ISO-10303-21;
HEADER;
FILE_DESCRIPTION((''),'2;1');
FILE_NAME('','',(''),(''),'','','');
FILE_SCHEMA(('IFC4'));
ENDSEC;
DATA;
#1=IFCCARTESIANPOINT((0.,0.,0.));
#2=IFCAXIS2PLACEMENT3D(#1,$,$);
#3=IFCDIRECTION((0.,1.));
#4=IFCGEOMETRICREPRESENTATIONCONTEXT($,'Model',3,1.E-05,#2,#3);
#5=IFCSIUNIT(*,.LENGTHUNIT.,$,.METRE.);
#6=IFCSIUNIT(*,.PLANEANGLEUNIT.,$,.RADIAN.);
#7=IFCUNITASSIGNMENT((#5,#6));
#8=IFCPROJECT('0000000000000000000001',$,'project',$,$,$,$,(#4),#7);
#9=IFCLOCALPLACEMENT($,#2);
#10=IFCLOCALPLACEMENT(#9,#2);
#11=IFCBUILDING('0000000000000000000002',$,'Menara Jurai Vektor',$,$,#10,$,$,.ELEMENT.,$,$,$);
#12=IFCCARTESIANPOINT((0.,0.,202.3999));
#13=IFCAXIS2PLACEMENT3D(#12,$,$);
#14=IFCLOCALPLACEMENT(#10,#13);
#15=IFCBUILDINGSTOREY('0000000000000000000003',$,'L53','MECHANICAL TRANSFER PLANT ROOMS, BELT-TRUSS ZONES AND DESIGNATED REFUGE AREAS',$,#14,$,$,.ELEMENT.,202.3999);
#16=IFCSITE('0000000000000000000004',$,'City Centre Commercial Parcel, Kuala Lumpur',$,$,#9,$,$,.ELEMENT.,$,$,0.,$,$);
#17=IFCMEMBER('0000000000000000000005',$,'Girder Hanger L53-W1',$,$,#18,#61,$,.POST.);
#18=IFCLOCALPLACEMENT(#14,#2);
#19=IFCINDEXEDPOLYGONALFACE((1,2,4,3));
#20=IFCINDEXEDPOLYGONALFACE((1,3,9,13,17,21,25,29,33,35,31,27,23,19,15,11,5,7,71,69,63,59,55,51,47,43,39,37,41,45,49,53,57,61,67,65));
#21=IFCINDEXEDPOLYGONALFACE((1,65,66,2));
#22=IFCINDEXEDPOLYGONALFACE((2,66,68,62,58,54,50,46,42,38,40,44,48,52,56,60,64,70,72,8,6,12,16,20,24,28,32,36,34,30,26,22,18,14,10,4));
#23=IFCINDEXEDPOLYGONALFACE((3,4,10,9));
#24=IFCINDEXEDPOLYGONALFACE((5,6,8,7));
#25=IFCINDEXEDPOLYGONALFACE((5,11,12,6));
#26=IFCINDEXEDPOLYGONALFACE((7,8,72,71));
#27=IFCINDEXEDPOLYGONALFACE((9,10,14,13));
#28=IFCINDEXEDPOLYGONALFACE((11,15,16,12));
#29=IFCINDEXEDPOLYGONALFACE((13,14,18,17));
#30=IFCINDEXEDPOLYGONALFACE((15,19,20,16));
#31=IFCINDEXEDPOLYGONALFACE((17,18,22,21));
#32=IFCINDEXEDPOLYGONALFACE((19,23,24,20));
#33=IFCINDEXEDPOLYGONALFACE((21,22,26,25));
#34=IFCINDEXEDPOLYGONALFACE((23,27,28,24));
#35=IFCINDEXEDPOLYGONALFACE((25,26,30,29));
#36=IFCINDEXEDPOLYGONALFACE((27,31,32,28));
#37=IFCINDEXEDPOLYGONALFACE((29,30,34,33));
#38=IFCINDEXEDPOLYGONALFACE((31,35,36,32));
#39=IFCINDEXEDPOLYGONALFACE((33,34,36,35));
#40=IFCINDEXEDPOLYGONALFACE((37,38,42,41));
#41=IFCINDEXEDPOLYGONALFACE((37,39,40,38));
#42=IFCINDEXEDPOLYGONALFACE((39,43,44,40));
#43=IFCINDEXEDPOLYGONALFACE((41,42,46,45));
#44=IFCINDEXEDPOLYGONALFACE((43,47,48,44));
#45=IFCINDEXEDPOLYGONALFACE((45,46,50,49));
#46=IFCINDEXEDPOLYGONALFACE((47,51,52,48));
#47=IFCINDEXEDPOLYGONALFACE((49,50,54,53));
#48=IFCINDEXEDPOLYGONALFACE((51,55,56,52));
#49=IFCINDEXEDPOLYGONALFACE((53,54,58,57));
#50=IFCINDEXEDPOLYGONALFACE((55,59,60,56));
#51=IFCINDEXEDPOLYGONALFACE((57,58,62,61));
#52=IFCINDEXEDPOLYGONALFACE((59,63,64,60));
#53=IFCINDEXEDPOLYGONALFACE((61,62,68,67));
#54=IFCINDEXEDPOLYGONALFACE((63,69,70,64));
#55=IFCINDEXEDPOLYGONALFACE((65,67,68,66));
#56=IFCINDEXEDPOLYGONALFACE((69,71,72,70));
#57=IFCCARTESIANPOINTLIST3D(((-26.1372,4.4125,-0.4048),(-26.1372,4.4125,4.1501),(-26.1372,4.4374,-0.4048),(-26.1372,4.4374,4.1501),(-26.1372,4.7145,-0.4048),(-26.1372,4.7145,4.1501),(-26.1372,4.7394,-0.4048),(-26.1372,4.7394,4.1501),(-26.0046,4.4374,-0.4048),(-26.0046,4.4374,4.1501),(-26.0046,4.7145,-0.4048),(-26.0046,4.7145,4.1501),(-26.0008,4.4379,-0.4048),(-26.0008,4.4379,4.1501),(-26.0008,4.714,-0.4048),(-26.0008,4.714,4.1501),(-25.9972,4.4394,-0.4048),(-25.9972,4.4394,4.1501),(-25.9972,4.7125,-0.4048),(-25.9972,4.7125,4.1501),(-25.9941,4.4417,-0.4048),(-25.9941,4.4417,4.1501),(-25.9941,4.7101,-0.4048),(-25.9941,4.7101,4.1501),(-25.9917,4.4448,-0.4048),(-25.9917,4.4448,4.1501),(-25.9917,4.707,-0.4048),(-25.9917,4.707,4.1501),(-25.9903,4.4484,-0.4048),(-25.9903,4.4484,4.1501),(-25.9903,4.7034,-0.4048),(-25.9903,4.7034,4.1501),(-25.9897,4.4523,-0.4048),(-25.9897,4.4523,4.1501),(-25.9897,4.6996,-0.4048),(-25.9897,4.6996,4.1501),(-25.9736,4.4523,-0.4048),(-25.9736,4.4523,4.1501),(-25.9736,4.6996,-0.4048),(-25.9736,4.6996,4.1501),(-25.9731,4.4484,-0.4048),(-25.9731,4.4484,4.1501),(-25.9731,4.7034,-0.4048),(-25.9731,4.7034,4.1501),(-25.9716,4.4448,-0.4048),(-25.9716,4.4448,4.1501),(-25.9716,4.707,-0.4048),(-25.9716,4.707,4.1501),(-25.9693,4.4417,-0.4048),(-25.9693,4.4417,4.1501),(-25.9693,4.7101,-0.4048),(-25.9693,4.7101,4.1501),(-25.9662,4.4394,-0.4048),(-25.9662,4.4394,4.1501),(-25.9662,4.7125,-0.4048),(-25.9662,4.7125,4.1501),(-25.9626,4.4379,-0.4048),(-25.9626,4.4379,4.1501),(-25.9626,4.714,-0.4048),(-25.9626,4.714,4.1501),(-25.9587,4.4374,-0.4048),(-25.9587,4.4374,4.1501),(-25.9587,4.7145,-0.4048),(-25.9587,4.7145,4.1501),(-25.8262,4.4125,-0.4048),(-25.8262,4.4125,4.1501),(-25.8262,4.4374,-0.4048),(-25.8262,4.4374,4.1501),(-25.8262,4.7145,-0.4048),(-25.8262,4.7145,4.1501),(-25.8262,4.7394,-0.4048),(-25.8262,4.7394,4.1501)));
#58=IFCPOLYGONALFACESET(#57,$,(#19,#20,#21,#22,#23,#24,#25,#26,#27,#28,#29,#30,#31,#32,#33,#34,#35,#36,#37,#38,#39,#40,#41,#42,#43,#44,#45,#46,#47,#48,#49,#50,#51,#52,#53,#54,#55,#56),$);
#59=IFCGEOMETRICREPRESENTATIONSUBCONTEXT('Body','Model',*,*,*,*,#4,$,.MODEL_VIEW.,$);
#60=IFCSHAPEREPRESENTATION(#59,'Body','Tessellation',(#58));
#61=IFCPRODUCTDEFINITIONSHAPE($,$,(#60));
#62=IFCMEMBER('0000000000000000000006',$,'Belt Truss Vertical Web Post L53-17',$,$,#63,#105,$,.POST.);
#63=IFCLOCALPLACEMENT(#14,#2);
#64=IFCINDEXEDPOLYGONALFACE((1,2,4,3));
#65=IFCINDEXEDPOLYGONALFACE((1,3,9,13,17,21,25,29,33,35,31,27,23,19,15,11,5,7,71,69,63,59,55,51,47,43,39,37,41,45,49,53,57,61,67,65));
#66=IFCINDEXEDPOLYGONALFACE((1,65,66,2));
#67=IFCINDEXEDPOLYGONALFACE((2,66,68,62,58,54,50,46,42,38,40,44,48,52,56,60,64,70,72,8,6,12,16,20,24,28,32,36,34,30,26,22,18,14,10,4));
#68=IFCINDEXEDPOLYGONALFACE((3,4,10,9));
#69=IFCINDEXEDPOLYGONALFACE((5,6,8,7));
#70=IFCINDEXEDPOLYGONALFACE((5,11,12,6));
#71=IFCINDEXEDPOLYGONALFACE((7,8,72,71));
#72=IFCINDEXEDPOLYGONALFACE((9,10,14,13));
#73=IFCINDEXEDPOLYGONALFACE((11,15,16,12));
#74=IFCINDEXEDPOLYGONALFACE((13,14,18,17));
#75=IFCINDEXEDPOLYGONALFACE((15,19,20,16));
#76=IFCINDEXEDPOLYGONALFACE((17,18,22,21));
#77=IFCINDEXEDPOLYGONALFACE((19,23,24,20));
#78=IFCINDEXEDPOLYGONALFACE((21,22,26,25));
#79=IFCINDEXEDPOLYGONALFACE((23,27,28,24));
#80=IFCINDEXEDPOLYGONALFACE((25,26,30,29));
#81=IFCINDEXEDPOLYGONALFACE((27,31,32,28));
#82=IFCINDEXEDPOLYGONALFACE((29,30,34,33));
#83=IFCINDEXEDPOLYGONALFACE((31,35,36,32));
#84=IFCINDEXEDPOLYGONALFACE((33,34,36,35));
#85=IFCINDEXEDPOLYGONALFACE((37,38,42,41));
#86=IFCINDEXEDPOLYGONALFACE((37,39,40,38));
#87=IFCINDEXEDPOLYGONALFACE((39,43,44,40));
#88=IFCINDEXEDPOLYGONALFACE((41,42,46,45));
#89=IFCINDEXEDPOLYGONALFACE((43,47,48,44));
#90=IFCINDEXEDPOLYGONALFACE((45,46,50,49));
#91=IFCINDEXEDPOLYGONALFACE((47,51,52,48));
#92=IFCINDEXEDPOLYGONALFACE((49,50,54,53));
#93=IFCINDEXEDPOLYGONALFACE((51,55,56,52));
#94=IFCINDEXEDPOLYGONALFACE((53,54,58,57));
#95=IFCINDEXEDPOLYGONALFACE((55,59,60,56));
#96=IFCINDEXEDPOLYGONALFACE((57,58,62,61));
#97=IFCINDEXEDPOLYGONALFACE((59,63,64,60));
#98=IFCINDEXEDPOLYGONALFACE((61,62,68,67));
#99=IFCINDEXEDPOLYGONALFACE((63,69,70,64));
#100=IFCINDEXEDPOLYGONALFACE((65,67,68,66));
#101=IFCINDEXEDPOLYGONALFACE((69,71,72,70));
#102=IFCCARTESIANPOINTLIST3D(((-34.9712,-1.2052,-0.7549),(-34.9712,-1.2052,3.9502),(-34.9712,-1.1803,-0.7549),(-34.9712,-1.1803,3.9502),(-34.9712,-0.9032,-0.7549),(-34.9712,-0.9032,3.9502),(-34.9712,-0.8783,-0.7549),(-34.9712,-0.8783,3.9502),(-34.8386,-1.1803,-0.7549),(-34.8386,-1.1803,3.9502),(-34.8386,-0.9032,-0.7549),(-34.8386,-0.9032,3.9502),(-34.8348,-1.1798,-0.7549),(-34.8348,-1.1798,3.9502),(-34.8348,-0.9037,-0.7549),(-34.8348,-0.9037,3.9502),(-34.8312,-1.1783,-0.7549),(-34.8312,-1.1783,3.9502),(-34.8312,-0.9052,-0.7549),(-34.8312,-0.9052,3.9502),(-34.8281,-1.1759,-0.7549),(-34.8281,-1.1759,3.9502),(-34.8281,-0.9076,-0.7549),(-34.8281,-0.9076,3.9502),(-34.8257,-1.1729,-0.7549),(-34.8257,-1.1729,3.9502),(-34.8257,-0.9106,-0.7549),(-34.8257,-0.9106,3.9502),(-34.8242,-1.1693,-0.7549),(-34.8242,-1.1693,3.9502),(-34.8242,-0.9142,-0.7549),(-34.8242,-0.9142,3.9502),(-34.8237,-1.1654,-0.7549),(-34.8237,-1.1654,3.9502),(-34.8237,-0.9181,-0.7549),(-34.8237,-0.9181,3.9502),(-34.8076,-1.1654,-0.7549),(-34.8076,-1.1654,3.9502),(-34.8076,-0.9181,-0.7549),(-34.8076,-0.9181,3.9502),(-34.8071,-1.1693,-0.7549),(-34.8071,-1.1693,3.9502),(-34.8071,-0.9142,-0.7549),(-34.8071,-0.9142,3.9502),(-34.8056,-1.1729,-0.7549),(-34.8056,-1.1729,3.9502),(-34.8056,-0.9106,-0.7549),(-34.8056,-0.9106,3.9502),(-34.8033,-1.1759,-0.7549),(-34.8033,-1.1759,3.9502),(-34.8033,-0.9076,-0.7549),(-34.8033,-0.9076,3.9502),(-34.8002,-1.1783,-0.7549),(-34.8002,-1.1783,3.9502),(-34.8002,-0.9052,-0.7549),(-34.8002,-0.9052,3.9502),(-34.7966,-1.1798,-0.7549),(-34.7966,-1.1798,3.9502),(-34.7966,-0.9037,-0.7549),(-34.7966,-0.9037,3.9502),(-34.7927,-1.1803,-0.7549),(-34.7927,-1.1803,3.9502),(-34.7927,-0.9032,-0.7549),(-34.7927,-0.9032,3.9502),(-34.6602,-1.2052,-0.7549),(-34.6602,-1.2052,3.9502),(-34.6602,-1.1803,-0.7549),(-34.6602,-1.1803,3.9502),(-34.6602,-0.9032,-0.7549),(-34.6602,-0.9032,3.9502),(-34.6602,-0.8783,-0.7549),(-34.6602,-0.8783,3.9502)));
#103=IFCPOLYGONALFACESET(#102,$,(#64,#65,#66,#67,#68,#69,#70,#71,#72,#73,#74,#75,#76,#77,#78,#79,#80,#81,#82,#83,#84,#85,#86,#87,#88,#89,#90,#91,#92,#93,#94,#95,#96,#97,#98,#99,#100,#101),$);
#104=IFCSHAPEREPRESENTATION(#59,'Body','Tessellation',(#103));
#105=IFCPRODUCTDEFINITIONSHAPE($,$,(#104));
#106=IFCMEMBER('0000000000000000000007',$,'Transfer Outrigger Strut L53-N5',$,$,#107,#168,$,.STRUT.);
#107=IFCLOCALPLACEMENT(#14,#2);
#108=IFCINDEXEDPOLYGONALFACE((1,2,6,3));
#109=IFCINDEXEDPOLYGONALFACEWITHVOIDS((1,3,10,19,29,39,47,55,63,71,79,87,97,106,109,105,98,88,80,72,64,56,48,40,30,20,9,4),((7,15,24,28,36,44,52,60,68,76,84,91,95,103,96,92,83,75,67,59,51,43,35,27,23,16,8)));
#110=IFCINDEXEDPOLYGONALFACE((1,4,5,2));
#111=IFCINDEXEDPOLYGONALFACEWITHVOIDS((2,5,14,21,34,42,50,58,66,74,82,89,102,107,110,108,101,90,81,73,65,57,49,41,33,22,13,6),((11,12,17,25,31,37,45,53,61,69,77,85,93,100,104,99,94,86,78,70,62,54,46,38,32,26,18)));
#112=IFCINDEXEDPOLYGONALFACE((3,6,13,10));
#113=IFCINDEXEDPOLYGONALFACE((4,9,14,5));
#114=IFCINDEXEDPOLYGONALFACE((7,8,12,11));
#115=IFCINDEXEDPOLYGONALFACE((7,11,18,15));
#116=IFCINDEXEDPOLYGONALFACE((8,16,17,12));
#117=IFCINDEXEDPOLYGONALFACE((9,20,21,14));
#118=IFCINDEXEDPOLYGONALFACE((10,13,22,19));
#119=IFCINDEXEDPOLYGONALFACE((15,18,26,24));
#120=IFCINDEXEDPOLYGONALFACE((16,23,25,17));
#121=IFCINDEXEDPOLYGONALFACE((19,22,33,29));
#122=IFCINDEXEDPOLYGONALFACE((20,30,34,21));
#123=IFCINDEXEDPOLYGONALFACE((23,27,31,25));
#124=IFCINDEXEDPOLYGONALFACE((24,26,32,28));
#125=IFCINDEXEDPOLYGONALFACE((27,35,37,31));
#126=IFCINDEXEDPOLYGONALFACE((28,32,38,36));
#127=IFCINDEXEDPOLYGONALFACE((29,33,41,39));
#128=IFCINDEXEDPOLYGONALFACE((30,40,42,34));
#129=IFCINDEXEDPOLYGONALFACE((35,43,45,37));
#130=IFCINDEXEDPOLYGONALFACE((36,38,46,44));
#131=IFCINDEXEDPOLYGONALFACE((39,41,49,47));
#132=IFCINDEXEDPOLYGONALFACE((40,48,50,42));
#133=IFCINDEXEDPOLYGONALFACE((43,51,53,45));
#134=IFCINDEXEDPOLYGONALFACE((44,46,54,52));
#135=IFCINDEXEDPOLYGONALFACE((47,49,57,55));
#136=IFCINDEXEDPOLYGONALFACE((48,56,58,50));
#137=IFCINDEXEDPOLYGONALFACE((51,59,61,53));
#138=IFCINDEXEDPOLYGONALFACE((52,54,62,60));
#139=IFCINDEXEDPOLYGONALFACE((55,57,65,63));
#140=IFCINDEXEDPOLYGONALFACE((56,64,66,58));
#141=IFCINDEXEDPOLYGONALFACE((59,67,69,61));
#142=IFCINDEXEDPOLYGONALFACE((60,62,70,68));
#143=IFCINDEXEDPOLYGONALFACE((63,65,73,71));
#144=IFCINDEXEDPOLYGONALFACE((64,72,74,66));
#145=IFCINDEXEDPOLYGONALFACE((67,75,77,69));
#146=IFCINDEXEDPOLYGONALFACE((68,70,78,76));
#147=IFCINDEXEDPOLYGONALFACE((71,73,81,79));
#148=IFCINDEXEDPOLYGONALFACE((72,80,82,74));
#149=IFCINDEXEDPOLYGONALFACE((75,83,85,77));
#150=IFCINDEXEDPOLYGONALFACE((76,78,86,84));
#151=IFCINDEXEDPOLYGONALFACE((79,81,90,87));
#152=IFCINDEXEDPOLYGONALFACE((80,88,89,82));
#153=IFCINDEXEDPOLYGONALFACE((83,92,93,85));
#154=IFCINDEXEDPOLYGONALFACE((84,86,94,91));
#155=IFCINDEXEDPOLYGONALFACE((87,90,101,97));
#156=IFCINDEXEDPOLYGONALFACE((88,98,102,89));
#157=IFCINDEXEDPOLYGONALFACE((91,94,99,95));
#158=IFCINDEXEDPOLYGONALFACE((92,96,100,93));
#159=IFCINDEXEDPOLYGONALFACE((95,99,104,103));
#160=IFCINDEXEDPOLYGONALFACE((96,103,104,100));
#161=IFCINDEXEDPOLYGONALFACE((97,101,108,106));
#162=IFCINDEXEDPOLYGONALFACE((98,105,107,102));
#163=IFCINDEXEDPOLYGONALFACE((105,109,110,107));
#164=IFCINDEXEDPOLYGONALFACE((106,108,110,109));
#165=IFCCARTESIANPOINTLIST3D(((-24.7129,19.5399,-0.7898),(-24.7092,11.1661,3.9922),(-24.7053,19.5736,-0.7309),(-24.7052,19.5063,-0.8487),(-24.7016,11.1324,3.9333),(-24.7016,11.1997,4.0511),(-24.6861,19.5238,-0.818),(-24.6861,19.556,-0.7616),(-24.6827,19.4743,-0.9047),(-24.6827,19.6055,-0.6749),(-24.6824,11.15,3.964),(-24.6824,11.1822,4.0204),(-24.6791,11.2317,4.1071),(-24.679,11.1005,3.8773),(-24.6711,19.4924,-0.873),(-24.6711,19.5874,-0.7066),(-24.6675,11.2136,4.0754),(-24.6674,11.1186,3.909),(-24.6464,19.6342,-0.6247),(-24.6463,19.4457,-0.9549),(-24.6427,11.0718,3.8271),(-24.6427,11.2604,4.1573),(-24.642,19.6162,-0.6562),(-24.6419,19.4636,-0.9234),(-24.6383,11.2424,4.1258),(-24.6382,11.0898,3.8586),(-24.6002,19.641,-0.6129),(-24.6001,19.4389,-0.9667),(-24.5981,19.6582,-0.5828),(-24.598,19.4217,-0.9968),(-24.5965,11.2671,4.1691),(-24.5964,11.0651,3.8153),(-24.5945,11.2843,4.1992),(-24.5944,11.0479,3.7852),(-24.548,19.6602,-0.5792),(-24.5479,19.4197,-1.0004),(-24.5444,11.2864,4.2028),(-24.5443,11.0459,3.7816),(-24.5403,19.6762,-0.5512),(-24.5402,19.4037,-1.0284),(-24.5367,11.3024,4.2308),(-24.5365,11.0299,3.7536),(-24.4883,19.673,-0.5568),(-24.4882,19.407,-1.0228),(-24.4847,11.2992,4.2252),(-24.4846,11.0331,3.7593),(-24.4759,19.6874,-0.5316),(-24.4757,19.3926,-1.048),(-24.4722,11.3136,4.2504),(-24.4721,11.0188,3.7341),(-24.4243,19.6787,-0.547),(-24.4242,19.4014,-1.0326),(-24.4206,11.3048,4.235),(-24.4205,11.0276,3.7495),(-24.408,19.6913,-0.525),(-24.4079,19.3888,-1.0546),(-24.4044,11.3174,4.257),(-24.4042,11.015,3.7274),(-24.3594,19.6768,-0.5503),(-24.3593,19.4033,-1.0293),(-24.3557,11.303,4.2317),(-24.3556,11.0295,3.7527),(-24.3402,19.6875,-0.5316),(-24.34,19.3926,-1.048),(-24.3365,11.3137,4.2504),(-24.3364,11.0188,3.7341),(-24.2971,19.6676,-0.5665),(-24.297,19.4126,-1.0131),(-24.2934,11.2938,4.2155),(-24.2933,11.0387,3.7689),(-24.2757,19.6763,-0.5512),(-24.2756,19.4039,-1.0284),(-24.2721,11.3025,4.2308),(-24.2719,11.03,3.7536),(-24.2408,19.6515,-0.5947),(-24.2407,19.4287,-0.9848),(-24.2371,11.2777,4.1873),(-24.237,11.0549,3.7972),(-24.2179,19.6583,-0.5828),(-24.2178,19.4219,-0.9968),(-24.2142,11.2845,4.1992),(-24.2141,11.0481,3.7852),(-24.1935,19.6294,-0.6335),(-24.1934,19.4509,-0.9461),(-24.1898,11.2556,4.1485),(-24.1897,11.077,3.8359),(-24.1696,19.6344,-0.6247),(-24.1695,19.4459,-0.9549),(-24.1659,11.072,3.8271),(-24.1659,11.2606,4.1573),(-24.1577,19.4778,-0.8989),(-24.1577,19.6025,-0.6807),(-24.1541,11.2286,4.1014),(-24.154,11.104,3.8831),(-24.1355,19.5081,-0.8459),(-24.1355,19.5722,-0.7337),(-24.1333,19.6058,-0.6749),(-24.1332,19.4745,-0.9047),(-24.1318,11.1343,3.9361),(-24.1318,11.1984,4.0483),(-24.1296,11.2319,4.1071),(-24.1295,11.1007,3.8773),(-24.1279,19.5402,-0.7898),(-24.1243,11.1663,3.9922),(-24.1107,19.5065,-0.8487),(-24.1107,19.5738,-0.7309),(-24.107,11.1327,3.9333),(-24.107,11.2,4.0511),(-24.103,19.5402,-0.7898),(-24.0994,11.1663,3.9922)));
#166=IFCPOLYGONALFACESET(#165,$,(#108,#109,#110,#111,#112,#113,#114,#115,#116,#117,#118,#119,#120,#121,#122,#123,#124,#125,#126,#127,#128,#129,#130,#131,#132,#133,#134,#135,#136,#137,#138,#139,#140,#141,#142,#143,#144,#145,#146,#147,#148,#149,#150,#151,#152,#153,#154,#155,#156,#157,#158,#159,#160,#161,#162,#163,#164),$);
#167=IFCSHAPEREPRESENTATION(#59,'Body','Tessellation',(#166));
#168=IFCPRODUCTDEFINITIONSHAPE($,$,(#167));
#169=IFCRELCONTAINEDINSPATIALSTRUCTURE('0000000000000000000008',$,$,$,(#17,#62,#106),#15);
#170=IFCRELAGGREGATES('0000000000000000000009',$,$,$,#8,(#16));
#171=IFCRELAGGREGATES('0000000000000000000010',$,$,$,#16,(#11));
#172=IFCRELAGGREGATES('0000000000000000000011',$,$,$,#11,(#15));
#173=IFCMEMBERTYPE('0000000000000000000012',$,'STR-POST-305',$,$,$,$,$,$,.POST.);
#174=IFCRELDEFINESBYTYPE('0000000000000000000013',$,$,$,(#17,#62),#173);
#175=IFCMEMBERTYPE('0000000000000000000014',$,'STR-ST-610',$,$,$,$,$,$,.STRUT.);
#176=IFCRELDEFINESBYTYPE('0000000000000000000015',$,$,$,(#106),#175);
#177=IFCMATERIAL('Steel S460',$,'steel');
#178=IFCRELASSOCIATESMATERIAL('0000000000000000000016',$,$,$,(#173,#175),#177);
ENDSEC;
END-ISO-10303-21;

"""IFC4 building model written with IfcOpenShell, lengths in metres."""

from ifc_helpers import new_model, si_unit, direction, frame, origin, origin_2d, place, context, subcontext, project, spatial, hollow_circle, i_section, extrude, material, material_profile, profile_set, type_object, element, save


model = new_model("IFC4")

# Units and contexts
model_context = context("Model", 3, precision=1e-05, world=origin(), true_north=direction((0.0, 1.0)))
body_context = subcontext(model_context, "Body", "Model", "MODEL_VIEW")
ifc_project = project(units=[si_unit("LENGTHUNIT", "METRE"), si_unit("PLANEANGLEUNIT", "RADIAN")], contexts=[model_context])

# Site, building, storey
site_placement = place(None, origin())
site = spatial("IfcSite", under=ifc_project, at=site_placement, Name="City Centre Commercial Parcel, Kuala Lumpur", CompositionType="ELEMENT", RefElevation=0.0)
building_placement = place(site_placement, origin())
building = spatial("IfcBuilding", under=site, at=building_placement, Name="Menara Jurai Vektor", CompositionType="ELEMENT")
storey_placement = place(building_placement, frame((0.0, 0.0, 202.3999)))
storey = spatial("IfcBuildingStorey", under=building, at=storey_placement, Name="L53", Description="MECHANICAL TRANSFER PLANT ROOMS, BELT-TRUSS ZONES AND DESIGNATED REFUGE AREAS", CompositionType="ELEMENT", Elevation=202.3999)

# Shared definitions
ifc_material_1 = material(Name="Steel S460", Category="steel")

# Members
ifc_material_profile_1 = material_profile(ifc_material_1, i_section(OverallWidth=0.311, OverallDepth=0.3269, WebThickness=0.0161, FlangeThickness=0.0249, FilletRadius=0.0149, at=origin_2d()), Name="UKC 305x305x158")
ifc_profile_set_1 = profile_set([ifc_material_profile_1], Name="Steel S460")
member_type_1 = type_object("IfcMemberType", Name="STR-POST-305", PredefinedType="POST", material=ifc_profile_set_1)
for number, where, z_axis, x_axis, name in (
    (1, (-25.9817, 4.5759, -0.4048), (0.0, 0.0, 1.0), (1.0, 0.0, 0.0), "Girder Hanger L53-W1"),
):
    element("IfcMember", number, at=place(storey_placement, frame(where, z_axis=z_axis, x_axis=x_axis)), inside=storey, type_object=member_type_1, Name=name, PredefinedType="POST", context=body_context, shape_type="SweptSolid", body=[
        extrude(i_section(OverallWidth=0.311, OverallDepth=0.3269, WebThickness=0.0161, FlangeThickness=0.0249, FilletRadius=0.0149, at=origin_2d()), origin(), (0.0, 0.0, 1.0), 4.5549),
    ])
member_1_placement = place(storey_placement, frame((-34.8157, -1.0417, -0.7549), z_axis=(0.0, 0.0, 1.0), x_axis=(1.0, 0.0, 0.0)))
element("IfcMember", 2, at=member_1_placement, inside=storey, type_object=member_type_1, Name="Belt Truss Vertical Web Post L53-17", PredefinedType="POST", context=body_context, shape_type="SweptSolid", body=[
    extrude(i_section(OverallWidth=0.311, OverallDepth=0.3269, WebThickness=0.0161, FlangeThickness=0.0249, FilletRadius=0.0149, at=origin_2d()), origin(), (0.0, 0.0, 1.0), 4.7051),
])
ifc_material_profile_2 = material_profile(ifc_material_1, hollow_circle(Radius=0.3049, WallThickness=0.0249, at=origin_2d()), Name="CHS 610x25")
ifc_profile_set_2 = profile_set([ifc_material_profile_2], Name="Steel S460")
member_type_2 = type_object("IfcMemberType", Name="STR-ST-610", PredefinedType="STRUT", material=ifc_profile_set_2)
member_2_placement = place(storey_placement, frame((-24.408, 19.54, -0.7898), z_axis=(0.00038, -0.868379, 0.495902), x_axis=(1.0, 0.000437, 0.0)))
element("IfcMember", 3, at=member_2_placement, inside=storey, type_object=member_type_2, Name="Transfer Outrigger Strut L53-N5", PredefinedType="STRUT", context=body_context, shape_type="SweptSolid", body=[
    extrude(hollow_circle(Radius=0.3049, WallThickness=0.0249, at=origin_2d()), origin(), (0.0, 0.0, 1.0), 9.6431),
])

save(model, "model.ifc")
